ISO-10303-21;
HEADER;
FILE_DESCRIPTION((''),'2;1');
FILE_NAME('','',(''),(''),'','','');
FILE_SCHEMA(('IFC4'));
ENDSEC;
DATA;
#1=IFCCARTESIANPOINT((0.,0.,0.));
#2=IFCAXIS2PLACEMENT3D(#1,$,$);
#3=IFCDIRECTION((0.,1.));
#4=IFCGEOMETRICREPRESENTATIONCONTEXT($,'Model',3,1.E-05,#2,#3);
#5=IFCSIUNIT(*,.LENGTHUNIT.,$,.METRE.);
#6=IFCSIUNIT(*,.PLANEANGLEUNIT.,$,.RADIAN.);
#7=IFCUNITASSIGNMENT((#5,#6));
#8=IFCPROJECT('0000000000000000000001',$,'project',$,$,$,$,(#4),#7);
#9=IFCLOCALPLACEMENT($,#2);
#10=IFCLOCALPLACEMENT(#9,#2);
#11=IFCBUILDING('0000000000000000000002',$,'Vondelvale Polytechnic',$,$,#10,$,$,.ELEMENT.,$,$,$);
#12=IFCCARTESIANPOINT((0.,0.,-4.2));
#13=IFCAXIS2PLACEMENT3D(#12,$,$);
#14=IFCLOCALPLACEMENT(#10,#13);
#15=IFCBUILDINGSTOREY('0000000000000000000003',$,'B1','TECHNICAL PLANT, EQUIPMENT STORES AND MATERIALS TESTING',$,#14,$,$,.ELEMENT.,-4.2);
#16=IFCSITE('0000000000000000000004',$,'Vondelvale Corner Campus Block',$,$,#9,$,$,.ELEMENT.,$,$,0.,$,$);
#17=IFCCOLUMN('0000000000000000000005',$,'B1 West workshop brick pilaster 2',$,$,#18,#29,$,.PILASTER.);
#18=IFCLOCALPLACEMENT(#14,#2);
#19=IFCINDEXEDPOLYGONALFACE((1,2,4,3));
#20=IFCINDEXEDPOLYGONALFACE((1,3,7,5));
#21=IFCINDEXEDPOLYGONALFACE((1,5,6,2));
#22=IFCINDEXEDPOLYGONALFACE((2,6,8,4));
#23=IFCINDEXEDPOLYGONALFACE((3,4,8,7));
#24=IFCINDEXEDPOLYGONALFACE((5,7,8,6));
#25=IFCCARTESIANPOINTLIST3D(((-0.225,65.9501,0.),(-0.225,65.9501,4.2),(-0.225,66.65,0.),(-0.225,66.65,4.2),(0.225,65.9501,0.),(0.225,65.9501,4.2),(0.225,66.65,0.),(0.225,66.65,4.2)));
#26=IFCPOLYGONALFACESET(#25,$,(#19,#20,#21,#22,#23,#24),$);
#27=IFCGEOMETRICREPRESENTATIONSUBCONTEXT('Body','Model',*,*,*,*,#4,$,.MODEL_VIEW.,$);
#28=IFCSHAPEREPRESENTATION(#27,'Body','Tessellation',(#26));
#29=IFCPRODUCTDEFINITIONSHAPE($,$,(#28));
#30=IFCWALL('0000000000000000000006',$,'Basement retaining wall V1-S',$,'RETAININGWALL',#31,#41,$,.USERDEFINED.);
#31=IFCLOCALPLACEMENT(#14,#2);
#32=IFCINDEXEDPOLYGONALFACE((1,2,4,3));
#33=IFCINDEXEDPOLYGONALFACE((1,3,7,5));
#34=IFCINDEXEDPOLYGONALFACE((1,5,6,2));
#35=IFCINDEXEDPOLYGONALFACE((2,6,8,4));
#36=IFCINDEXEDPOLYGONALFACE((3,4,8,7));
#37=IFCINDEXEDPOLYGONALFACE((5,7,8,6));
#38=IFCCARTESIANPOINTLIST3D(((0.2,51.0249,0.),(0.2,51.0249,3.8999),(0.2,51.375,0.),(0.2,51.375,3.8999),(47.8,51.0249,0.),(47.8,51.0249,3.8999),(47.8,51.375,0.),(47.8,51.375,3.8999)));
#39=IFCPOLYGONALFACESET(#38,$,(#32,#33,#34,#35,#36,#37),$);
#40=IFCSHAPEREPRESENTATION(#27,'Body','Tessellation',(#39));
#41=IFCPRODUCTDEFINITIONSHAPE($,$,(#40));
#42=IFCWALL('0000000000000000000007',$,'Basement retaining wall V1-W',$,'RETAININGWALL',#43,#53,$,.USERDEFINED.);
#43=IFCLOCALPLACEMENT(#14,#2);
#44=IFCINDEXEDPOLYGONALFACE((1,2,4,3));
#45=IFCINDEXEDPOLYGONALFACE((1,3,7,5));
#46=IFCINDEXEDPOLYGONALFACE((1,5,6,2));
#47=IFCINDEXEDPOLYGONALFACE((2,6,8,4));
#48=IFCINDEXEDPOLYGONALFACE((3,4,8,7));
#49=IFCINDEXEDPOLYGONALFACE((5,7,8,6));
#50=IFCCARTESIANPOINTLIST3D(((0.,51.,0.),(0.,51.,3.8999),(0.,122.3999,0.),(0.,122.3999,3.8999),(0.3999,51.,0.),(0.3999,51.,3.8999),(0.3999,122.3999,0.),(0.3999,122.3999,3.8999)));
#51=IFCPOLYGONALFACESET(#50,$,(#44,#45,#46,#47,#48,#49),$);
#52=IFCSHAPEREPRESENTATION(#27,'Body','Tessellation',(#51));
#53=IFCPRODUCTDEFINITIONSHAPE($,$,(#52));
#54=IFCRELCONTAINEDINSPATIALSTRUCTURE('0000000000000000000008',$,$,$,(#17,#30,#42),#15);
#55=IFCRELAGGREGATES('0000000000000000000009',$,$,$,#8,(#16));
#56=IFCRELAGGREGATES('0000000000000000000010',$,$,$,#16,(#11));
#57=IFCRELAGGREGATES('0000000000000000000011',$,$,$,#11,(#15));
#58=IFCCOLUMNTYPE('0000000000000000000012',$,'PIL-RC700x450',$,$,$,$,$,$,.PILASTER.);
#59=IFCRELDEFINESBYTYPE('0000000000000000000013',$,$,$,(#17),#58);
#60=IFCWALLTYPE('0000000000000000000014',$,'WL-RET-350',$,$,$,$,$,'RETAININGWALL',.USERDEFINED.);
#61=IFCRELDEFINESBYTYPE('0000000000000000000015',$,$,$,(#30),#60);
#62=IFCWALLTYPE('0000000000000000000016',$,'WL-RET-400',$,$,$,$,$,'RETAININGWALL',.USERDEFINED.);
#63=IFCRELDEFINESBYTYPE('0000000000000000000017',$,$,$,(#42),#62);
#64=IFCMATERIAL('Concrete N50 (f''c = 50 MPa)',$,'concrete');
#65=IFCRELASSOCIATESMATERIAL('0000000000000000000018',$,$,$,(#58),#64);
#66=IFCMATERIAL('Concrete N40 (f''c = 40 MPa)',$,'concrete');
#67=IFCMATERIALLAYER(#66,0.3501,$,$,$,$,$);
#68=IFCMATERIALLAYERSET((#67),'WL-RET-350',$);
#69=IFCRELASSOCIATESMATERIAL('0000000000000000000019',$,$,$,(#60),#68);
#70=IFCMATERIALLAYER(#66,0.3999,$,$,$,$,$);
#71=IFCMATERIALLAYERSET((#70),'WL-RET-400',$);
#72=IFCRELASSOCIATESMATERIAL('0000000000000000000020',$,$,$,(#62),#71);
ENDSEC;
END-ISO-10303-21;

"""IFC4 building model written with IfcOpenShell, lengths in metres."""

from ifc_helpers import new_model, si_unit, direction, frame, frame_2d, origin, origin_2d, place, context, subcontext, project, spatial, rectangle, extrude, material, layer, layer_set, material_profile, profile_set, type_object, element, save


model = new_model("IFC4")

# Units and contexts
model_context = context("Model", 3, precision=1e-05, world=origin(), true_north=direction((0.0, 1.0)))
body_context = subcontext(model_context, "Body", "Model", "MODEL_VIEW")
ifc_project = project(units=[si_unit("LENGTHUNIT", "METRE"), si_unit("PLANEANGLEUNIT", "RADIAN")], contexts=[model_context])

# Site, building, storey
site_placement = place(None, origin())
site = spatial("IfcSite", under=ifc_project, at=site_placement, Name="Vondelvale Corner Campus Block", CompositionType="ELEMENT", RefElevation=0.0)
building_placement = place(site_placement, origin())
building = spatial("IfcBuilding", under=site, at=building_placement, Name="Vondelvale Polytechnic", CompositionType="ELEMENT")
storey_placement = place(building_placement, frame((0.0, 0.0, -4.2)))
storey = spatial("IfcBuildingStorey", under=building, at=storey_placement, Name="B1", Description="TECHNICAL PLANT, EQUIPMENT STORES AND MATERIALS TESTING", CompositionType="ELEMENT", Elevation=-4.2)

# Shared definitions
ifc_material_1 = material(Name="Concrete N40 (f'c = 40 MPa)", Category="concrete")

# Column
ifc_material_2 = material(Name="Concrete N50 (f'c = 50 MPa)", Category="concrete")
ifc_material_profile_1 = material_profile(ifc_material_2, rectangle(XDim=0.45, YDim=0.7, at=origin_2d()), Name="RC-PIL-700x450")
ifc_profile_set_1 = profile_set([ifc_material_profile_1], Name="Concrete N50 (f'c = 50 MPa)")
column_type_1 = type_object("IfcColumnType", Name="PIL-RC700x450", PredefinedType="PILASTER", material=ifc_profile_set_1)
for number, where, z_axis, x_axis, name in (
    (1, (0.0, 66.3, 0.0), (0.0, 0.0, 1.0), (1.0, 0.0, 0.0), "B1 West workshop brick pilaster 2"),
):
    element("IfcColumn", number, at=place(storey_placement, frame(where, z_axis=z_axis, x_axis=x_axis)), inside=storey, type_object=column_type_1, Name=name, PredefinedType="PILASTER", context=body_context, shape_type="SweptSolid", body=[
        extrude(rectangle(XDim=0.45, YDim=0.7, at=origin_2d()), origin(), (0.0, 0.0, 1.0), 4.2),
    ])

# Walls
ifc_layer_1 = layer(ifc_material_1, 0.3501)
ifc_layer_set_1 = layer_set([ifc_layer_1], Name="WL-RET-350")
wall_type_1 = type_object("IfcWallType", Name="WL-RET-350", ElementType="RETAININGWALL", PredefinedType="USERDEFINED", material=ifc_layer_set_1)
wall_1_placement = place(storey_placement, frame((0.2, 51.2, 0.0), z_axis=(0.0, 0.0, 1.0), x_axis=(1.0, 0.0, 0.0)))
element("IfcWall", 2, at=wall_1_placement, inside=storey, type_object=wall_type_1, Name="Basement retaining wall V1-S", ObjectType="RETAININGWALL", PredefinedType="USERDEFINED", context=body_context, shape_type="SweptSolid", body=[
    extrude(rectangle(XDim=47.6001, YDim=0.3501, at=frame_2d((23.8, 0.0))), origin(), (0.0, 0.0, 1.0), 3.8999),
])
ifc_layer_2 = layer(ifc_material_1, 0.3999)
ifc_layer_set_2 = layer_set([ifc_layer_2], Name="WL-RET-400")
wall_type_2 = type_object("IfcWallType", Name="WL-RET-400", ElementType="RETAININGWALL", PredefinedType="USERDEFINED", material=ifc_layer_set_2)
wall_2_placement = place(storey_placement, frame((0.2, 51.0, 0.0), z_axis=(0.0, 0.0, 1.0), x_axis=(0.0, 1.0, 0.0)))
element("IfcWall", 3, at=wall_2_placement, inside=storey, type_object=wall_type_2, Name="Basement retaining wall V1-W", ObjectType="RETAININGWALL", PredefinedType="USERDEFINED", context=body_context, shape_type="SweptSolid", body=[
    extrude(rectangle(XDim=71.3999, YDim=0.3999, at=frame_2d((35.7, 0.0))), origin(), (0.0, 0.0, 1.0), 3.8999),
])

save(model, "model.ifc")
